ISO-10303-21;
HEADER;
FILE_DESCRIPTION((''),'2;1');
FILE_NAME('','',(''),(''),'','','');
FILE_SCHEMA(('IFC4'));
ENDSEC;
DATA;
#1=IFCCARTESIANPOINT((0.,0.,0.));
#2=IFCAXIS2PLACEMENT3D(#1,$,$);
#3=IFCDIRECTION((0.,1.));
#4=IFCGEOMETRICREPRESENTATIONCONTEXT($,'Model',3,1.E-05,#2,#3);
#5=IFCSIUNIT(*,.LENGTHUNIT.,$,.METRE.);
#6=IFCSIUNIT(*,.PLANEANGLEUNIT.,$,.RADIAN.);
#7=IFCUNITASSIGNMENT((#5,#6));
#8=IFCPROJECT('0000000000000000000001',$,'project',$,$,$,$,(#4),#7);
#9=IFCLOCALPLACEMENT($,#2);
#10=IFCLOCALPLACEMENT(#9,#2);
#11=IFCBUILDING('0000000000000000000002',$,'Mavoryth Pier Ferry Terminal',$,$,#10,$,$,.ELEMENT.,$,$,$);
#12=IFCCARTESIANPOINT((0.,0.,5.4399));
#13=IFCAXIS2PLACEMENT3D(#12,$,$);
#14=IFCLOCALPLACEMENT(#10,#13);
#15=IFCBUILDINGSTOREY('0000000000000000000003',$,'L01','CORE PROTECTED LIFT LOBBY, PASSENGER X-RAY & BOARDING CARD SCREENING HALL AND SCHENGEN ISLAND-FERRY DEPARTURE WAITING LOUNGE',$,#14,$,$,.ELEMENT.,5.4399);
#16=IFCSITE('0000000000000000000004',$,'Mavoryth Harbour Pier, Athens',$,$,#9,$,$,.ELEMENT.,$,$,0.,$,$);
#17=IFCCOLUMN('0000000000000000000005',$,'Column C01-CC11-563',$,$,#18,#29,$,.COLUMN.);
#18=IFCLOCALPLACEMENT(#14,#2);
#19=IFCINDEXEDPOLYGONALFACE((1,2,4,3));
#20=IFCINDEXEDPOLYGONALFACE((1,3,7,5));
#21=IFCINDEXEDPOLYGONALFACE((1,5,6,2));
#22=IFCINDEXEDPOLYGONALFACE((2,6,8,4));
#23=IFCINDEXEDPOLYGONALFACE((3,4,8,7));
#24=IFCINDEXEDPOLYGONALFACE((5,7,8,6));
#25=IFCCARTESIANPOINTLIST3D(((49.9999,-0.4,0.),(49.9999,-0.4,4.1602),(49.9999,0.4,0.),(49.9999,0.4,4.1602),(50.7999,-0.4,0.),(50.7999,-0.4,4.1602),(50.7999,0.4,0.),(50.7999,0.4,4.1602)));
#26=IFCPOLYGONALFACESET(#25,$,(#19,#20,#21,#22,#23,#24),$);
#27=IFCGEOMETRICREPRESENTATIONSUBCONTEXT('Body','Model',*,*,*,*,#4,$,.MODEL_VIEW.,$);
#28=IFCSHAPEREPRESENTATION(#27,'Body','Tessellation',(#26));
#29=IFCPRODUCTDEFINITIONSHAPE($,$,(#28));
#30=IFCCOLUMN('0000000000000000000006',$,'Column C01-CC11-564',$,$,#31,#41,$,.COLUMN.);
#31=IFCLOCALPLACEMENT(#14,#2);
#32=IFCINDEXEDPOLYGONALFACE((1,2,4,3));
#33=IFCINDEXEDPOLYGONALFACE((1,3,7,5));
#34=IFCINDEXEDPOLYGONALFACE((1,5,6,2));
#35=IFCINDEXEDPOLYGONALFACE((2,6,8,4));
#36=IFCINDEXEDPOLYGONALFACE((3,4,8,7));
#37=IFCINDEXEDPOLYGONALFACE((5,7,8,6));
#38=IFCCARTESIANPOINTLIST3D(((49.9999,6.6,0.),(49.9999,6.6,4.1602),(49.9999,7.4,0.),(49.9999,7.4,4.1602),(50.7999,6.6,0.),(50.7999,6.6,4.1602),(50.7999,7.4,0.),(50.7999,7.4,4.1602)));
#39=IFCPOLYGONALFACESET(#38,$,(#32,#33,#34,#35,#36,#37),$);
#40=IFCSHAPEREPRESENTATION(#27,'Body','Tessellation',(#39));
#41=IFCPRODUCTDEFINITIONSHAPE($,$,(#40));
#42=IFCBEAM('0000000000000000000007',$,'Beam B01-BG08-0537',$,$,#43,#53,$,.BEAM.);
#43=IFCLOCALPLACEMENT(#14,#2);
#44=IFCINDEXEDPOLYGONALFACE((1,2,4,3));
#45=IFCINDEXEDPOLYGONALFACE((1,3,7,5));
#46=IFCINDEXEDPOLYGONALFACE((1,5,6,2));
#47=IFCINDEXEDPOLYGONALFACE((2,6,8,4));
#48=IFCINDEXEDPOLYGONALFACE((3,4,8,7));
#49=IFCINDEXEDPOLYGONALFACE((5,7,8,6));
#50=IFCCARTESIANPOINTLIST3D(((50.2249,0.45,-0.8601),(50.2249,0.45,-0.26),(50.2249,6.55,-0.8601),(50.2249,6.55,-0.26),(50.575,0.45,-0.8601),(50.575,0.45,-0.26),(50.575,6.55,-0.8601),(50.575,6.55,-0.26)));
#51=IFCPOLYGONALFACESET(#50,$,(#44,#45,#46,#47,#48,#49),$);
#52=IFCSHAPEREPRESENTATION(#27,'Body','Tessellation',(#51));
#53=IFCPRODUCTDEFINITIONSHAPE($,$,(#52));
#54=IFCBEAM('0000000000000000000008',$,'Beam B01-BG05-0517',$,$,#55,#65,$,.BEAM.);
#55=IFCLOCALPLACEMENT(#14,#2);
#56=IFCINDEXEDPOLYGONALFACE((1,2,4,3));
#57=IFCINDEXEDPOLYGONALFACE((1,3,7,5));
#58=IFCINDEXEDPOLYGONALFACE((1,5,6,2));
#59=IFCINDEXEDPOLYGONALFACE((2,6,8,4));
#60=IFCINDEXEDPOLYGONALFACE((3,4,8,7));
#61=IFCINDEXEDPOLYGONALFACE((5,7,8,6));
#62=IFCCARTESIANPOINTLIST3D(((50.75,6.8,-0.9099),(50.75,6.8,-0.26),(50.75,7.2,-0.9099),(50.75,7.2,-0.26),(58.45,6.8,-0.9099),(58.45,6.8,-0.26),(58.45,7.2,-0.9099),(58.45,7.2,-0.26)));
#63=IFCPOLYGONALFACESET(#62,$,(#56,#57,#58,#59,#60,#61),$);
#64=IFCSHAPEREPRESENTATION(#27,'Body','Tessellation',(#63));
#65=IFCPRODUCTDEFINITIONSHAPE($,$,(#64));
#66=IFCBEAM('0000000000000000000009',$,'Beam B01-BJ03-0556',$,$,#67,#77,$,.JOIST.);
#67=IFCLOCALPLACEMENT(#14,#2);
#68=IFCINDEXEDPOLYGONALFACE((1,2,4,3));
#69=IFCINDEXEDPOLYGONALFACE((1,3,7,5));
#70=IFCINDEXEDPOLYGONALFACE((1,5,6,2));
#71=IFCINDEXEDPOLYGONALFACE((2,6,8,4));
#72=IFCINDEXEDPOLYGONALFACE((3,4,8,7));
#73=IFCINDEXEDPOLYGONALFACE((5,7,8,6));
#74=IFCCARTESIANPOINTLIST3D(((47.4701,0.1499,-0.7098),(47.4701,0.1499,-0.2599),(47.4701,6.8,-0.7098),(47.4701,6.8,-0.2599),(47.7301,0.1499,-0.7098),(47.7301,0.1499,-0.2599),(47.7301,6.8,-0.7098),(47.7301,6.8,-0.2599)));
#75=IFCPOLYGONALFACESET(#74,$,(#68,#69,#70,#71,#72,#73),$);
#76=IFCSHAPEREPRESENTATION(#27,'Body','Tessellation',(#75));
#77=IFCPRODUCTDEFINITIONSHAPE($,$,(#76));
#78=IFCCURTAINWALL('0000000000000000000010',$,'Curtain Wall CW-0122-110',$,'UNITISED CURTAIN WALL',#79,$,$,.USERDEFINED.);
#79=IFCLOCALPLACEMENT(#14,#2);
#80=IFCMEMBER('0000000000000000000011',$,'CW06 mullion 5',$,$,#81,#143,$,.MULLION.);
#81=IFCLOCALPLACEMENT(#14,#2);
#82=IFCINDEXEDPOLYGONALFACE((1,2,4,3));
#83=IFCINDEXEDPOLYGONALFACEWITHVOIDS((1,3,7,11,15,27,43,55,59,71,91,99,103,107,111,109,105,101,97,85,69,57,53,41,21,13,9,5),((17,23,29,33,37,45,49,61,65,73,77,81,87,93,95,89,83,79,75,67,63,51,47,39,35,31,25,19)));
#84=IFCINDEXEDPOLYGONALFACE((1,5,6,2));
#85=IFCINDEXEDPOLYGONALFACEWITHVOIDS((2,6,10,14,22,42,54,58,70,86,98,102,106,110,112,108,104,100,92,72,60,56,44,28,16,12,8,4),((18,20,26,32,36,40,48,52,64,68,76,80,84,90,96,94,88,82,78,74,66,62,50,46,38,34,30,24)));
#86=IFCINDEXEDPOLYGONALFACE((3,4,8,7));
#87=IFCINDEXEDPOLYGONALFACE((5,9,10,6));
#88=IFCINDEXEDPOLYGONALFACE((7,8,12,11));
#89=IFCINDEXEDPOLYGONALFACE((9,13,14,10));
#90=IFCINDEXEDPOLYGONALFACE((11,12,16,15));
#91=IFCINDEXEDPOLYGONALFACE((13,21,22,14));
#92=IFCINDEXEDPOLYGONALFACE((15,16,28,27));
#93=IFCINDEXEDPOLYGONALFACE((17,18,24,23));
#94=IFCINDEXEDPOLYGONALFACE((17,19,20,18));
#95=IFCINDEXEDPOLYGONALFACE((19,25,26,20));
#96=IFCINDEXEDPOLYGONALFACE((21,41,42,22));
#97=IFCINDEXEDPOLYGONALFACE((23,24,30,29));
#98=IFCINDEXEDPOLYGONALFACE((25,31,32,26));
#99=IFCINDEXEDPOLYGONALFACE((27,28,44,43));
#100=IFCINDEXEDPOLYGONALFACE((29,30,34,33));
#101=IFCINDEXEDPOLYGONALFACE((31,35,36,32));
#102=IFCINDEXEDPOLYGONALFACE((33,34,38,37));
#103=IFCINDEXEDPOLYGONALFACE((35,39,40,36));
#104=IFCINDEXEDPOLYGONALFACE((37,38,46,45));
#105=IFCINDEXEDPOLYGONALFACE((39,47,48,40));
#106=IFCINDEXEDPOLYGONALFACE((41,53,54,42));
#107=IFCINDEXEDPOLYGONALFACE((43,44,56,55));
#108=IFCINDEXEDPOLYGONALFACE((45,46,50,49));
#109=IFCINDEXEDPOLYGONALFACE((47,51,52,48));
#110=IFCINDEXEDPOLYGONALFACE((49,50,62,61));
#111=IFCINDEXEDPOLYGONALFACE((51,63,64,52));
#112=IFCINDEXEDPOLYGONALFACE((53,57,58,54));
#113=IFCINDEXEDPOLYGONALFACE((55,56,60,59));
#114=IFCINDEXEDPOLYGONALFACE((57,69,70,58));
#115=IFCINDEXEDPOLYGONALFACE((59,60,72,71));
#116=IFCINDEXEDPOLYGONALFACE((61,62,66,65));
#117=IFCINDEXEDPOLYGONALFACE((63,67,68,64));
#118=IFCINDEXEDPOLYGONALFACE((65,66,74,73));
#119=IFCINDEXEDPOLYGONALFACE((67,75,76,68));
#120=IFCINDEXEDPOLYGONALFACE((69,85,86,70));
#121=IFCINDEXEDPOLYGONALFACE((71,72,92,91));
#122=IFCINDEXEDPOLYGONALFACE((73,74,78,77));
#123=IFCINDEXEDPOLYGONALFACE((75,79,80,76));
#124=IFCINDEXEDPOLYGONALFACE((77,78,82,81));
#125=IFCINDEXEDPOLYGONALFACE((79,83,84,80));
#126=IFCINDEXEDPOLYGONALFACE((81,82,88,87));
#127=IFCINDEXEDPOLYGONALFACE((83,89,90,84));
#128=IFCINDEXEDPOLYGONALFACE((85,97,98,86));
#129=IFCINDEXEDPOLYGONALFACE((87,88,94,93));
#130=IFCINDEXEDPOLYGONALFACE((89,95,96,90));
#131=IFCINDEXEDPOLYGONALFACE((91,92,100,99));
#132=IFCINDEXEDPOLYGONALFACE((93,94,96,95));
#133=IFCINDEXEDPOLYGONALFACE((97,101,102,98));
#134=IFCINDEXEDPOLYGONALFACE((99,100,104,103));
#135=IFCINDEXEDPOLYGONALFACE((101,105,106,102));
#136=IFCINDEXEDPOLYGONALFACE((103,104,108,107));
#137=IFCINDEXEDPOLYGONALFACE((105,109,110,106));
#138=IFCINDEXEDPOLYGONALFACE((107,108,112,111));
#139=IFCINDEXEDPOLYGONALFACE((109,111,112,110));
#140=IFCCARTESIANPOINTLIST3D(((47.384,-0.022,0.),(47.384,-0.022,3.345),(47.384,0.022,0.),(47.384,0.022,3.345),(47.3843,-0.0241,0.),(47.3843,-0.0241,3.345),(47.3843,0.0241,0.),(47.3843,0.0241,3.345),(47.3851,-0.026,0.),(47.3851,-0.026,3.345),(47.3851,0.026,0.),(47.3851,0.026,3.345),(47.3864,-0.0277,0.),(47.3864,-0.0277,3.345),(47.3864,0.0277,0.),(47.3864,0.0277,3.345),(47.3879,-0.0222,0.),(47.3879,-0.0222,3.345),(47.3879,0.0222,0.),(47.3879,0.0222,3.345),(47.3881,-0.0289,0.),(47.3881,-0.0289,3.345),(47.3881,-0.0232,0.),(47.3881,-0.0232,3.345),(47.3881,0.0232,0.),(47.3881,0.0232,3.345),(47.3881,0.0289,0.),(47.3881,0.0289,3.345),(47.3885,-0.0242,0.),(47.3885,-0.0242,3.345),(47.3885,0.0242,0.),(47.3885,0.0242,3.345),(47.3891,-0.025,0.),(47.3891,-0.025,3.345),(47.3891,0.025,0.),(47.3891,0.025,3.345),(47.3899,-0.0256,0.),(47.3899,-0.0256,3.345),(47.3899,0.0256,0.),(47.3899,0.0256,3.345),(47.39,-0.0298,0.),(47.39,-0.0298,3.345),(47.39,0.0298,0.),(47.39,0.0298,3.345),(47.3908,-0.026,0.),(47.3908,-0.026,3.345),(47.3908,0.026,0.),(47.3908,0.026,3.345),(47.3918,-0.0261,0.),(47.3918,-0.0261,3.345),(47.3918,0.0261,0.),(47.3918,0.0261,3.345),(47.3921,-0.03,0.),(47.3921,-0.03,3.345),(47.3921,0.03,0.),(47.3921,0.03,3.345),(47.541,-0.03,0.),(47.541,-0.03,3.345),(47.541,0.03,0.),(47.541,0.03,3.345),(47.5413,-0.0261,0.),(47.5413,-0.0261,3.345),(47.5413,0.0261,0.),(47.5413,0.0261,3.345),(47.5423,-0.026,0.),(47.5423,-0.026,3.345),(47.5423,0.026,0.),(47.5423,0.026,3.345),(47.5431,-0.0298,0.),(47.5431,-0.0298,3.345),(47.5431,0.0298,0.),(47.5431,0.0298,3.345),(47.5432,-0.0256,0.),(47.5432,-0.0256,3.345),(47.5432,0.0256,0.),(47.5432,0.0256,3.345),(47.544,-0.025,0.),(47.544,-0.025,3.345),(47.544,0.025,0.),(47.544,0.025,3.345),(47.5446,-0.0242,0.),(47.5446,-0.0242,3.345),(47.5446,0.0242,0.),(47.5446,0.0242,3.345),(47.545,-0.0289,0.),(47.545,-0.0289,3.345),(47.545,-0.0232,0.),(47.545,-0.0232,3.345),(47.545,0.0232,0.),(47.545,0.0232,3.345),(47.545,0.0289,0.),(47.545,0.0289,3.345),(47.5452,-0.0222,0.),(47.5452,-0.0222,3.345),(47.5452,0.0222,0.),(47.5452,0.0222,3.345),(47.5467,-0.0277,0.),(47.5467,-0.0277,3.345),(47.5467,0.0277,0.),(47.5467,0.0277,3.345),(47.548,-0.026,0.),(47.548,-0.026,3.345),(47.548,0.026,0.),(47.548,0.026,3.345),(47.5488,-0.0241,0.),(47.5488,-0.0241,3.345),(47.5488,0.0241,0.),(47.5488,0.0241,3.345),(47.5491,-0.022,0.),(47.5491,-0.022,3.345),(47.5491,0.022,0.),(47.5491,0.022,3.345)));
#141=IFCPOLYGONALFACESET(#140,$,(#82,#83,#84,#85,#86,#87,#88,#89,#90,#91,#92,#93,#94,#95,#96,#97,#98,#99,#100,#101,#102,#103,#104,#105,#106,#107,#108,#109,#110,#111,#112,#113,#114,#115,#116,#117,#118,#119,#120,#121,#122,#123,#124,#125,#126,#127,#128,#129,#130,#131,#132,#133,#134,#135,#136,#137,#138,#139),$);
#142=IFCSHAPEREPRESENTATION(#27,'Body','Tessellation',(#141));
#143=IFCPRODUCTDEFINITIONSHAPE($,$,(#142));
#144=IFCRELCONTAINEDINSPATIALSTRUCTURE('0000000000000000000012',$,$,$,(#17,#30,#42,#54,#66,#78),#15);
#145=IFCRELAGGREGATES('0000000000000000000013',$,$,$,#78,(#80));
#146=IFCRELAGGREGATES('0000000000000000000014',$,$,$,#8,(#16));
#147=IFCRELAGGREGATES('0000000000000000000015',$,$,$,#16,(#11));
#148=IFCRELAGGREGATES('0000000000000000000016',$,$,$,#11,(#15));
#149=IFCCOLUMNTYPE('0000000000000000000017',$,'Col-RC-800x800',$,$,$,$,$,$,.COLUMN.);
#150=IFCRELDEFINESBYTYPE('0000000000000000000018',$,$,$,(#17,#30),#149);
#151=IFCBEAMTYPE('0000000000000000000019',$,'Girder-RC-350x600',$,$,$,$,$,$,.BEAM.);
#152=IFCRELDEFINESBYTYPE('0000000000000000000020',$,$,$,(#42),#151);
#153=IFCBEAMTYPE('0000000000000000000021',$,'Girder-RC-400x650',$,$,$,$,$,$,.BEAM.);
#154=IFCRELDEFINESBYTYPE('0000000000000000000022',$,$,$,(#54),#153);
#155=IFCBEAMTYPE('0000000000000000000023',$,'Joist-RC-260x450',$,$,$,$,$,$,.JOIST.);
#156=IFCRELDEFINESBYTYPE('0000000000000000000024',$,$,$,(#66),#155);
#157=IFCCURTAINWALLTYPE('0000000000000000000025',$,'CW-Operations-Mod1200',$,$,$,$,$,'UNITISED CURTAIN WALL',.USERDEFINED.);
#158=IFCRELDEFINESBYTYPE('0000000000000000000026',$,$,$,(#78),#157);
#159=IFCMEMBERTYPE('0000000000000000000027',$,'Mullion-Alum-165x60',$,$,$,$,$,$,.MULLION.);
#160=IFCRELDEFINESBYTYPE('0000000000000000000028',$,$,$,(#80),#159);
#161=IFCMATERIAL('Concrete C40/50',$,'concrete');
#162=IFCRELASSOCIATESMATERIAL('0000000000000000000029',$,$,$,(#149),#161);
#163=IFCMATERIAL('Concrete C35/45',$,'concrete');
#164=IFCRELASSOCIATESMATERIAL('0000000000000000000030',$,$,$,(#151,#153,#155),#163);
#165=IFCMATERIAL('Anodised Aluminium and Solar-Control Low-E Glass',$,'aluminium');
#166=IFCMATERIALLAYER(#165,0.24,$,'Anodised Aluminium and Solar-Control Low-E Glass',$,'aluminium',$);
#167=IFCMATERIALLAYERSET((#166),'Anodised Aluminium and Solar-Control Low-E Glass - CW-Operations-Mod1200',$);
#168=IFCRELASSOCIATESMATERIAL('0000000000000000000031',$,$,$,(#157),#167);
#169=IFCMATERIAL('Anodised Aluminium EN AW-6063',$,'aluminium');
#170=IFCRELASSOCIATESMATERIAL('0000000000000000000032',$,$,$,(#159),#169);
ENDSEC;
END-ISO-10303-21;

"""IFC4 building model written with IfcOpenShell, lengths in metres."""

from ifc_helpers import new_model, si_unit, direction, frame, origin, origin_2d, place, context, subcontext, project, spatial, rectangle, hollow_rectangle, extrude, material, layer, layer_set, material_profile, profile_set, type_object, element, aggregate, save


model = new_model("IFC4")

# Units and contexts
model_context = context("Model", 3, precision=1e-05, world=origin(), true_north=direction((0.0, 1.0)))
body_context = subcontext(model_context, "Body", "Model", "MODEL_VIEW")
ifc_project = project(units=[si_unit("LENGTHUNIT", "METRE"), si_unit("PLANEANGLEUNIT", "RADIAN")], contexts=[model_context])

# Site, building, storey
site_placement = place(None, origin())
site = spatial("IfcSite", under=ifc_project, at=site_placement, Name="Mavoryth Harbour Pier, Athens", CompositionType="ELEMENT", RefElevation=0.0)
building_placement = place(site_placement, origin())
building = spatial("IfcBuilding", under=site, at=building_placement, Name="Mavoryth Pier Ferry Terminal", CompositionType="ELEMENT")
storey_placement = place(building_placement, frame((0.0, 0.0, 5.4399)))
storey = spatial("IfcBuildingStorey", under=building, at=storey_placement, Name="L01", Description="CORE PROTECTED LIFT LOBBY, PASSENGER X-RAY & BOARDING CARD SCREENING HALL AND SCHENGEN ISLAND-FERRY DEPARTURE WAITING LOUNGE", CompositionType="ELEMENT", Elevation=5.4399)

# Columns
ifc_material_1 = material(Name="Concrete C40/50", Category="concrete")
ifc_material_profile_1 = material_profile(ifc_material_1, rectangle(XDim=0.8, YDim=0.8, at=origin_2d()), Name="RC 800x800", Category="concrete")
ifc_profile_set_1 = profile_set([ifc_material_profile_1], Name="Concrete C40/50 - RC 800x800")
column_type = type_object("IfcColumnType", Name="Col-RC-800x800", PredefinedType="COLUMN", material=ifc_profile_set_1)
for number, where, z_axis, x_axis, name in (
    (1, (50.3999, 0.0, 0.0), (0.0, 0.0, 1.0), (1.0, 0.0, 0.0), "Column C01-CC11-563"),
    (2, (50.3999, 7.0, 0.0), (0.0, 0.0, 1.0), (1.0, 0.0, 0.0), "Column C01-CC11-564"),
):
    element("IfcColumn", number, at=place(storey_placement, frame(where, z_axis=z_axis, x_axis=x_axis)), inside=storey, type_object=column_type, Name=name, PredefinedType="COLUMN", context=body_context, shape_type="SweptSolid", body=[
        extrude(rectangle(XDim=0.8, YDim=0.8, at=origin_2d()), origin(), (0.0, 0.0, 1.0), 4.1602),
    ])

# Beams
ifc_material_2 = material(Name="Concrete C35/45", Category="concrete")
ifc_material_profile_2 = material_profile(ifc_material_2, rectangle(XDim=0.3501, YDim=0.6001, at=origin_2d()), Name="RC 350x600", Category="concrete")
ifc_profile_set_2 = profile_set([ifc_material_profile_2], Name="Concrete C35/45 - RC 350x600")
beam_type_1 = type_object("IfcBeamType", Name="Girder-RC-350x600", PredefinedType="BEAM", material=ifc_profile_set_2)
beam_1_placement = place(storey_placement, frame((50.3999, 0.45, -0.5601), z_axis=(0.0, 1.0, 0.0), x_axis=(-1.0, 0.0, 0.0)))
element("IfcBeam", 3, at=beam_1_placement, inside=storey, type_object=beam_type_1, Name="Beam B01-BG08-0537", PredefinedType="BEAM", context=body_context, shape_type="SweptSolid", body=[
    extrude(rectangle(XDim=0.3501, YDim=0.6001, at=origin_2d()), origin(), (0.0, 0.0, 1.0), 6.1001),
])
ifc_material_profile_3 = material_profile(ifc_material_2, rectangle(XDim=0.3999, YDim=0.6499, at=origin_2d()), Name="RC 400x650", Category="concrete")
ifc_profile_set_3 = profile_set([ifc_material_profile_3], Name="Concrete C35/45 - RC 400x650")
beam_type_2 = type_object("IfcBeamType", Name="Girder-RC-400x650", PredefinedType="BEAM", material=ifc_profile_set_3)
beam_2_placement = place(storey_placement, frame((50.75, 7.0, -0.585), z_axis=(1.0, 0.0, 0.0), x_axis=(0.0, 1.0, 0.0)))
element("IfcBeam", 4, at=beam_2_placement, inside=storey, type_object=beam_type_2, Name="Beam B01-BG05-0517", PredefinedType="BEAM", context=body_context, shape_type="SweptSolid", body=[
    extrude(rectangle(XDim=0.3999, YDim=0.6499, at=origin_2d()), origin(), (0.0, 0.0, 1.0), 7.7),
])
ifc_material_profile_4 = material_profile(ifc_material_2, rectangle(XDim=0.26, YDim=0.45, at=origin_2d()), Name="RC 260x450", Category="concrete")
ifc_profile_set_4 = profile_set([ifc_material_profile_4], Name="Concrete C35/45 - RC 260x450")
beam_type_3 = type_object("IfcBeamType", Name="Joist-RC-260x450", PredefinedType="JOIST", material=ifc_profile_set_4)
beam_3_placement = place(storey_placement, frame((47.6001, 0.1499, -0.4849), z_axis=(0.0, 1.0, 0.0), x_axis=(-1.0, 0.0, 0.0)))
element("IfcBeam", 5, at=beam_3_placement, inside=storey, type_object=beam_type_3, Name="Beam B01-BJ03-0556", PredefinedType="JOIST", context=body_context, shape_type="SweptSolid", body=[
    extrude(rectangle(XDim=0.26, YDim=0.45, at=origin_2d()), origin(), (0.0, 0.0, 1.0), 6.6501),
])

# Curtain wall, member
ifc_material_3 = material(Name="Anodised Aluminium and Solar-Control Low-E Glass", Category="aluminium")
ifc_layer_1 = layer(ifc_material_3, 0.24, Name="Anodised Aluminium and Solar-Control Low-E Glass", Category="aluminium")
ifc_layer_set_1 = layer_set([ifc_layer_1], Name="Anodised Aluminium and Solar-Control Low-E Glass - CW-Operations-Mod1200")
curtain_wall_type = type_object("IfcCurtainWallType", Name="CW-Operations-Mod1200", ElementType="UNITISED CURTAIN WALL", PredefinedType="USERDEFINED", material=ifc_layer_set_1)
curtain_wall_1_placement = place(storey_placement, origin())
curtain_wall_1 = element("IfcCurtainWall", 6, at=curtain_wall_1_placement, inside=storey, type_object=curtain_wall_type, Name="Curtain Wall CW-0122-110", ObjectType="UNITISED CURTAIN WALL", PredefinedType="USERDEFINED")
ifc_material_4 = material(Name="Anodised Aluminium EN AW-6063", Category="aluminium")
ifc_material_profile_5 = material_profile(ifc_material_4, hollow_rectangle(XDim=0.0601, YDim=0.165, WallThickness=0.0039, InnerFilletRadius=0.0039, OuterFilletRadius=0.0081, at=origin_2d()), Name="AL-MULL 165x60x4", Category="aluminium")
ifc_profile_set_5 = profile_set([ifc_material_profile_5], Name="Anodised Aluminium EN AW-6063 - AL-MULL 165x60x4")
member_type_1 = type_object("IfcMemberType", Name="Mullion-Alum-165x60", PredefinedType="MULLION", material=ifc_profile_set_5)
member_1_placement = place(storey_placement, frame((47.4666, 0.0, 0.0), z_axis=(0.0, 0.0, 1.0), x_axis=(0.0, 1.0, 0.0)))
member_1 = element("IfcMember", 7, at=member_1_placement, type_object=member_type_1, Name="CW06 mullion 5", PredefinedType="MULLION", context=body_context, shape_type="SweptSolid", body=[
    extrude(hollow_rectangle(XDim=0.0601, YDim=0.165, WallThickness=0.0039, InnerFilletRadius=0.0039, OuterFilletRadius=0.0081, at=origin_2d()), origin(), (0.0, 0.0, 1.0), 3.345),
])

aggregate(curtain_wall_1, [member_1])

save(model, "model.ifc")
